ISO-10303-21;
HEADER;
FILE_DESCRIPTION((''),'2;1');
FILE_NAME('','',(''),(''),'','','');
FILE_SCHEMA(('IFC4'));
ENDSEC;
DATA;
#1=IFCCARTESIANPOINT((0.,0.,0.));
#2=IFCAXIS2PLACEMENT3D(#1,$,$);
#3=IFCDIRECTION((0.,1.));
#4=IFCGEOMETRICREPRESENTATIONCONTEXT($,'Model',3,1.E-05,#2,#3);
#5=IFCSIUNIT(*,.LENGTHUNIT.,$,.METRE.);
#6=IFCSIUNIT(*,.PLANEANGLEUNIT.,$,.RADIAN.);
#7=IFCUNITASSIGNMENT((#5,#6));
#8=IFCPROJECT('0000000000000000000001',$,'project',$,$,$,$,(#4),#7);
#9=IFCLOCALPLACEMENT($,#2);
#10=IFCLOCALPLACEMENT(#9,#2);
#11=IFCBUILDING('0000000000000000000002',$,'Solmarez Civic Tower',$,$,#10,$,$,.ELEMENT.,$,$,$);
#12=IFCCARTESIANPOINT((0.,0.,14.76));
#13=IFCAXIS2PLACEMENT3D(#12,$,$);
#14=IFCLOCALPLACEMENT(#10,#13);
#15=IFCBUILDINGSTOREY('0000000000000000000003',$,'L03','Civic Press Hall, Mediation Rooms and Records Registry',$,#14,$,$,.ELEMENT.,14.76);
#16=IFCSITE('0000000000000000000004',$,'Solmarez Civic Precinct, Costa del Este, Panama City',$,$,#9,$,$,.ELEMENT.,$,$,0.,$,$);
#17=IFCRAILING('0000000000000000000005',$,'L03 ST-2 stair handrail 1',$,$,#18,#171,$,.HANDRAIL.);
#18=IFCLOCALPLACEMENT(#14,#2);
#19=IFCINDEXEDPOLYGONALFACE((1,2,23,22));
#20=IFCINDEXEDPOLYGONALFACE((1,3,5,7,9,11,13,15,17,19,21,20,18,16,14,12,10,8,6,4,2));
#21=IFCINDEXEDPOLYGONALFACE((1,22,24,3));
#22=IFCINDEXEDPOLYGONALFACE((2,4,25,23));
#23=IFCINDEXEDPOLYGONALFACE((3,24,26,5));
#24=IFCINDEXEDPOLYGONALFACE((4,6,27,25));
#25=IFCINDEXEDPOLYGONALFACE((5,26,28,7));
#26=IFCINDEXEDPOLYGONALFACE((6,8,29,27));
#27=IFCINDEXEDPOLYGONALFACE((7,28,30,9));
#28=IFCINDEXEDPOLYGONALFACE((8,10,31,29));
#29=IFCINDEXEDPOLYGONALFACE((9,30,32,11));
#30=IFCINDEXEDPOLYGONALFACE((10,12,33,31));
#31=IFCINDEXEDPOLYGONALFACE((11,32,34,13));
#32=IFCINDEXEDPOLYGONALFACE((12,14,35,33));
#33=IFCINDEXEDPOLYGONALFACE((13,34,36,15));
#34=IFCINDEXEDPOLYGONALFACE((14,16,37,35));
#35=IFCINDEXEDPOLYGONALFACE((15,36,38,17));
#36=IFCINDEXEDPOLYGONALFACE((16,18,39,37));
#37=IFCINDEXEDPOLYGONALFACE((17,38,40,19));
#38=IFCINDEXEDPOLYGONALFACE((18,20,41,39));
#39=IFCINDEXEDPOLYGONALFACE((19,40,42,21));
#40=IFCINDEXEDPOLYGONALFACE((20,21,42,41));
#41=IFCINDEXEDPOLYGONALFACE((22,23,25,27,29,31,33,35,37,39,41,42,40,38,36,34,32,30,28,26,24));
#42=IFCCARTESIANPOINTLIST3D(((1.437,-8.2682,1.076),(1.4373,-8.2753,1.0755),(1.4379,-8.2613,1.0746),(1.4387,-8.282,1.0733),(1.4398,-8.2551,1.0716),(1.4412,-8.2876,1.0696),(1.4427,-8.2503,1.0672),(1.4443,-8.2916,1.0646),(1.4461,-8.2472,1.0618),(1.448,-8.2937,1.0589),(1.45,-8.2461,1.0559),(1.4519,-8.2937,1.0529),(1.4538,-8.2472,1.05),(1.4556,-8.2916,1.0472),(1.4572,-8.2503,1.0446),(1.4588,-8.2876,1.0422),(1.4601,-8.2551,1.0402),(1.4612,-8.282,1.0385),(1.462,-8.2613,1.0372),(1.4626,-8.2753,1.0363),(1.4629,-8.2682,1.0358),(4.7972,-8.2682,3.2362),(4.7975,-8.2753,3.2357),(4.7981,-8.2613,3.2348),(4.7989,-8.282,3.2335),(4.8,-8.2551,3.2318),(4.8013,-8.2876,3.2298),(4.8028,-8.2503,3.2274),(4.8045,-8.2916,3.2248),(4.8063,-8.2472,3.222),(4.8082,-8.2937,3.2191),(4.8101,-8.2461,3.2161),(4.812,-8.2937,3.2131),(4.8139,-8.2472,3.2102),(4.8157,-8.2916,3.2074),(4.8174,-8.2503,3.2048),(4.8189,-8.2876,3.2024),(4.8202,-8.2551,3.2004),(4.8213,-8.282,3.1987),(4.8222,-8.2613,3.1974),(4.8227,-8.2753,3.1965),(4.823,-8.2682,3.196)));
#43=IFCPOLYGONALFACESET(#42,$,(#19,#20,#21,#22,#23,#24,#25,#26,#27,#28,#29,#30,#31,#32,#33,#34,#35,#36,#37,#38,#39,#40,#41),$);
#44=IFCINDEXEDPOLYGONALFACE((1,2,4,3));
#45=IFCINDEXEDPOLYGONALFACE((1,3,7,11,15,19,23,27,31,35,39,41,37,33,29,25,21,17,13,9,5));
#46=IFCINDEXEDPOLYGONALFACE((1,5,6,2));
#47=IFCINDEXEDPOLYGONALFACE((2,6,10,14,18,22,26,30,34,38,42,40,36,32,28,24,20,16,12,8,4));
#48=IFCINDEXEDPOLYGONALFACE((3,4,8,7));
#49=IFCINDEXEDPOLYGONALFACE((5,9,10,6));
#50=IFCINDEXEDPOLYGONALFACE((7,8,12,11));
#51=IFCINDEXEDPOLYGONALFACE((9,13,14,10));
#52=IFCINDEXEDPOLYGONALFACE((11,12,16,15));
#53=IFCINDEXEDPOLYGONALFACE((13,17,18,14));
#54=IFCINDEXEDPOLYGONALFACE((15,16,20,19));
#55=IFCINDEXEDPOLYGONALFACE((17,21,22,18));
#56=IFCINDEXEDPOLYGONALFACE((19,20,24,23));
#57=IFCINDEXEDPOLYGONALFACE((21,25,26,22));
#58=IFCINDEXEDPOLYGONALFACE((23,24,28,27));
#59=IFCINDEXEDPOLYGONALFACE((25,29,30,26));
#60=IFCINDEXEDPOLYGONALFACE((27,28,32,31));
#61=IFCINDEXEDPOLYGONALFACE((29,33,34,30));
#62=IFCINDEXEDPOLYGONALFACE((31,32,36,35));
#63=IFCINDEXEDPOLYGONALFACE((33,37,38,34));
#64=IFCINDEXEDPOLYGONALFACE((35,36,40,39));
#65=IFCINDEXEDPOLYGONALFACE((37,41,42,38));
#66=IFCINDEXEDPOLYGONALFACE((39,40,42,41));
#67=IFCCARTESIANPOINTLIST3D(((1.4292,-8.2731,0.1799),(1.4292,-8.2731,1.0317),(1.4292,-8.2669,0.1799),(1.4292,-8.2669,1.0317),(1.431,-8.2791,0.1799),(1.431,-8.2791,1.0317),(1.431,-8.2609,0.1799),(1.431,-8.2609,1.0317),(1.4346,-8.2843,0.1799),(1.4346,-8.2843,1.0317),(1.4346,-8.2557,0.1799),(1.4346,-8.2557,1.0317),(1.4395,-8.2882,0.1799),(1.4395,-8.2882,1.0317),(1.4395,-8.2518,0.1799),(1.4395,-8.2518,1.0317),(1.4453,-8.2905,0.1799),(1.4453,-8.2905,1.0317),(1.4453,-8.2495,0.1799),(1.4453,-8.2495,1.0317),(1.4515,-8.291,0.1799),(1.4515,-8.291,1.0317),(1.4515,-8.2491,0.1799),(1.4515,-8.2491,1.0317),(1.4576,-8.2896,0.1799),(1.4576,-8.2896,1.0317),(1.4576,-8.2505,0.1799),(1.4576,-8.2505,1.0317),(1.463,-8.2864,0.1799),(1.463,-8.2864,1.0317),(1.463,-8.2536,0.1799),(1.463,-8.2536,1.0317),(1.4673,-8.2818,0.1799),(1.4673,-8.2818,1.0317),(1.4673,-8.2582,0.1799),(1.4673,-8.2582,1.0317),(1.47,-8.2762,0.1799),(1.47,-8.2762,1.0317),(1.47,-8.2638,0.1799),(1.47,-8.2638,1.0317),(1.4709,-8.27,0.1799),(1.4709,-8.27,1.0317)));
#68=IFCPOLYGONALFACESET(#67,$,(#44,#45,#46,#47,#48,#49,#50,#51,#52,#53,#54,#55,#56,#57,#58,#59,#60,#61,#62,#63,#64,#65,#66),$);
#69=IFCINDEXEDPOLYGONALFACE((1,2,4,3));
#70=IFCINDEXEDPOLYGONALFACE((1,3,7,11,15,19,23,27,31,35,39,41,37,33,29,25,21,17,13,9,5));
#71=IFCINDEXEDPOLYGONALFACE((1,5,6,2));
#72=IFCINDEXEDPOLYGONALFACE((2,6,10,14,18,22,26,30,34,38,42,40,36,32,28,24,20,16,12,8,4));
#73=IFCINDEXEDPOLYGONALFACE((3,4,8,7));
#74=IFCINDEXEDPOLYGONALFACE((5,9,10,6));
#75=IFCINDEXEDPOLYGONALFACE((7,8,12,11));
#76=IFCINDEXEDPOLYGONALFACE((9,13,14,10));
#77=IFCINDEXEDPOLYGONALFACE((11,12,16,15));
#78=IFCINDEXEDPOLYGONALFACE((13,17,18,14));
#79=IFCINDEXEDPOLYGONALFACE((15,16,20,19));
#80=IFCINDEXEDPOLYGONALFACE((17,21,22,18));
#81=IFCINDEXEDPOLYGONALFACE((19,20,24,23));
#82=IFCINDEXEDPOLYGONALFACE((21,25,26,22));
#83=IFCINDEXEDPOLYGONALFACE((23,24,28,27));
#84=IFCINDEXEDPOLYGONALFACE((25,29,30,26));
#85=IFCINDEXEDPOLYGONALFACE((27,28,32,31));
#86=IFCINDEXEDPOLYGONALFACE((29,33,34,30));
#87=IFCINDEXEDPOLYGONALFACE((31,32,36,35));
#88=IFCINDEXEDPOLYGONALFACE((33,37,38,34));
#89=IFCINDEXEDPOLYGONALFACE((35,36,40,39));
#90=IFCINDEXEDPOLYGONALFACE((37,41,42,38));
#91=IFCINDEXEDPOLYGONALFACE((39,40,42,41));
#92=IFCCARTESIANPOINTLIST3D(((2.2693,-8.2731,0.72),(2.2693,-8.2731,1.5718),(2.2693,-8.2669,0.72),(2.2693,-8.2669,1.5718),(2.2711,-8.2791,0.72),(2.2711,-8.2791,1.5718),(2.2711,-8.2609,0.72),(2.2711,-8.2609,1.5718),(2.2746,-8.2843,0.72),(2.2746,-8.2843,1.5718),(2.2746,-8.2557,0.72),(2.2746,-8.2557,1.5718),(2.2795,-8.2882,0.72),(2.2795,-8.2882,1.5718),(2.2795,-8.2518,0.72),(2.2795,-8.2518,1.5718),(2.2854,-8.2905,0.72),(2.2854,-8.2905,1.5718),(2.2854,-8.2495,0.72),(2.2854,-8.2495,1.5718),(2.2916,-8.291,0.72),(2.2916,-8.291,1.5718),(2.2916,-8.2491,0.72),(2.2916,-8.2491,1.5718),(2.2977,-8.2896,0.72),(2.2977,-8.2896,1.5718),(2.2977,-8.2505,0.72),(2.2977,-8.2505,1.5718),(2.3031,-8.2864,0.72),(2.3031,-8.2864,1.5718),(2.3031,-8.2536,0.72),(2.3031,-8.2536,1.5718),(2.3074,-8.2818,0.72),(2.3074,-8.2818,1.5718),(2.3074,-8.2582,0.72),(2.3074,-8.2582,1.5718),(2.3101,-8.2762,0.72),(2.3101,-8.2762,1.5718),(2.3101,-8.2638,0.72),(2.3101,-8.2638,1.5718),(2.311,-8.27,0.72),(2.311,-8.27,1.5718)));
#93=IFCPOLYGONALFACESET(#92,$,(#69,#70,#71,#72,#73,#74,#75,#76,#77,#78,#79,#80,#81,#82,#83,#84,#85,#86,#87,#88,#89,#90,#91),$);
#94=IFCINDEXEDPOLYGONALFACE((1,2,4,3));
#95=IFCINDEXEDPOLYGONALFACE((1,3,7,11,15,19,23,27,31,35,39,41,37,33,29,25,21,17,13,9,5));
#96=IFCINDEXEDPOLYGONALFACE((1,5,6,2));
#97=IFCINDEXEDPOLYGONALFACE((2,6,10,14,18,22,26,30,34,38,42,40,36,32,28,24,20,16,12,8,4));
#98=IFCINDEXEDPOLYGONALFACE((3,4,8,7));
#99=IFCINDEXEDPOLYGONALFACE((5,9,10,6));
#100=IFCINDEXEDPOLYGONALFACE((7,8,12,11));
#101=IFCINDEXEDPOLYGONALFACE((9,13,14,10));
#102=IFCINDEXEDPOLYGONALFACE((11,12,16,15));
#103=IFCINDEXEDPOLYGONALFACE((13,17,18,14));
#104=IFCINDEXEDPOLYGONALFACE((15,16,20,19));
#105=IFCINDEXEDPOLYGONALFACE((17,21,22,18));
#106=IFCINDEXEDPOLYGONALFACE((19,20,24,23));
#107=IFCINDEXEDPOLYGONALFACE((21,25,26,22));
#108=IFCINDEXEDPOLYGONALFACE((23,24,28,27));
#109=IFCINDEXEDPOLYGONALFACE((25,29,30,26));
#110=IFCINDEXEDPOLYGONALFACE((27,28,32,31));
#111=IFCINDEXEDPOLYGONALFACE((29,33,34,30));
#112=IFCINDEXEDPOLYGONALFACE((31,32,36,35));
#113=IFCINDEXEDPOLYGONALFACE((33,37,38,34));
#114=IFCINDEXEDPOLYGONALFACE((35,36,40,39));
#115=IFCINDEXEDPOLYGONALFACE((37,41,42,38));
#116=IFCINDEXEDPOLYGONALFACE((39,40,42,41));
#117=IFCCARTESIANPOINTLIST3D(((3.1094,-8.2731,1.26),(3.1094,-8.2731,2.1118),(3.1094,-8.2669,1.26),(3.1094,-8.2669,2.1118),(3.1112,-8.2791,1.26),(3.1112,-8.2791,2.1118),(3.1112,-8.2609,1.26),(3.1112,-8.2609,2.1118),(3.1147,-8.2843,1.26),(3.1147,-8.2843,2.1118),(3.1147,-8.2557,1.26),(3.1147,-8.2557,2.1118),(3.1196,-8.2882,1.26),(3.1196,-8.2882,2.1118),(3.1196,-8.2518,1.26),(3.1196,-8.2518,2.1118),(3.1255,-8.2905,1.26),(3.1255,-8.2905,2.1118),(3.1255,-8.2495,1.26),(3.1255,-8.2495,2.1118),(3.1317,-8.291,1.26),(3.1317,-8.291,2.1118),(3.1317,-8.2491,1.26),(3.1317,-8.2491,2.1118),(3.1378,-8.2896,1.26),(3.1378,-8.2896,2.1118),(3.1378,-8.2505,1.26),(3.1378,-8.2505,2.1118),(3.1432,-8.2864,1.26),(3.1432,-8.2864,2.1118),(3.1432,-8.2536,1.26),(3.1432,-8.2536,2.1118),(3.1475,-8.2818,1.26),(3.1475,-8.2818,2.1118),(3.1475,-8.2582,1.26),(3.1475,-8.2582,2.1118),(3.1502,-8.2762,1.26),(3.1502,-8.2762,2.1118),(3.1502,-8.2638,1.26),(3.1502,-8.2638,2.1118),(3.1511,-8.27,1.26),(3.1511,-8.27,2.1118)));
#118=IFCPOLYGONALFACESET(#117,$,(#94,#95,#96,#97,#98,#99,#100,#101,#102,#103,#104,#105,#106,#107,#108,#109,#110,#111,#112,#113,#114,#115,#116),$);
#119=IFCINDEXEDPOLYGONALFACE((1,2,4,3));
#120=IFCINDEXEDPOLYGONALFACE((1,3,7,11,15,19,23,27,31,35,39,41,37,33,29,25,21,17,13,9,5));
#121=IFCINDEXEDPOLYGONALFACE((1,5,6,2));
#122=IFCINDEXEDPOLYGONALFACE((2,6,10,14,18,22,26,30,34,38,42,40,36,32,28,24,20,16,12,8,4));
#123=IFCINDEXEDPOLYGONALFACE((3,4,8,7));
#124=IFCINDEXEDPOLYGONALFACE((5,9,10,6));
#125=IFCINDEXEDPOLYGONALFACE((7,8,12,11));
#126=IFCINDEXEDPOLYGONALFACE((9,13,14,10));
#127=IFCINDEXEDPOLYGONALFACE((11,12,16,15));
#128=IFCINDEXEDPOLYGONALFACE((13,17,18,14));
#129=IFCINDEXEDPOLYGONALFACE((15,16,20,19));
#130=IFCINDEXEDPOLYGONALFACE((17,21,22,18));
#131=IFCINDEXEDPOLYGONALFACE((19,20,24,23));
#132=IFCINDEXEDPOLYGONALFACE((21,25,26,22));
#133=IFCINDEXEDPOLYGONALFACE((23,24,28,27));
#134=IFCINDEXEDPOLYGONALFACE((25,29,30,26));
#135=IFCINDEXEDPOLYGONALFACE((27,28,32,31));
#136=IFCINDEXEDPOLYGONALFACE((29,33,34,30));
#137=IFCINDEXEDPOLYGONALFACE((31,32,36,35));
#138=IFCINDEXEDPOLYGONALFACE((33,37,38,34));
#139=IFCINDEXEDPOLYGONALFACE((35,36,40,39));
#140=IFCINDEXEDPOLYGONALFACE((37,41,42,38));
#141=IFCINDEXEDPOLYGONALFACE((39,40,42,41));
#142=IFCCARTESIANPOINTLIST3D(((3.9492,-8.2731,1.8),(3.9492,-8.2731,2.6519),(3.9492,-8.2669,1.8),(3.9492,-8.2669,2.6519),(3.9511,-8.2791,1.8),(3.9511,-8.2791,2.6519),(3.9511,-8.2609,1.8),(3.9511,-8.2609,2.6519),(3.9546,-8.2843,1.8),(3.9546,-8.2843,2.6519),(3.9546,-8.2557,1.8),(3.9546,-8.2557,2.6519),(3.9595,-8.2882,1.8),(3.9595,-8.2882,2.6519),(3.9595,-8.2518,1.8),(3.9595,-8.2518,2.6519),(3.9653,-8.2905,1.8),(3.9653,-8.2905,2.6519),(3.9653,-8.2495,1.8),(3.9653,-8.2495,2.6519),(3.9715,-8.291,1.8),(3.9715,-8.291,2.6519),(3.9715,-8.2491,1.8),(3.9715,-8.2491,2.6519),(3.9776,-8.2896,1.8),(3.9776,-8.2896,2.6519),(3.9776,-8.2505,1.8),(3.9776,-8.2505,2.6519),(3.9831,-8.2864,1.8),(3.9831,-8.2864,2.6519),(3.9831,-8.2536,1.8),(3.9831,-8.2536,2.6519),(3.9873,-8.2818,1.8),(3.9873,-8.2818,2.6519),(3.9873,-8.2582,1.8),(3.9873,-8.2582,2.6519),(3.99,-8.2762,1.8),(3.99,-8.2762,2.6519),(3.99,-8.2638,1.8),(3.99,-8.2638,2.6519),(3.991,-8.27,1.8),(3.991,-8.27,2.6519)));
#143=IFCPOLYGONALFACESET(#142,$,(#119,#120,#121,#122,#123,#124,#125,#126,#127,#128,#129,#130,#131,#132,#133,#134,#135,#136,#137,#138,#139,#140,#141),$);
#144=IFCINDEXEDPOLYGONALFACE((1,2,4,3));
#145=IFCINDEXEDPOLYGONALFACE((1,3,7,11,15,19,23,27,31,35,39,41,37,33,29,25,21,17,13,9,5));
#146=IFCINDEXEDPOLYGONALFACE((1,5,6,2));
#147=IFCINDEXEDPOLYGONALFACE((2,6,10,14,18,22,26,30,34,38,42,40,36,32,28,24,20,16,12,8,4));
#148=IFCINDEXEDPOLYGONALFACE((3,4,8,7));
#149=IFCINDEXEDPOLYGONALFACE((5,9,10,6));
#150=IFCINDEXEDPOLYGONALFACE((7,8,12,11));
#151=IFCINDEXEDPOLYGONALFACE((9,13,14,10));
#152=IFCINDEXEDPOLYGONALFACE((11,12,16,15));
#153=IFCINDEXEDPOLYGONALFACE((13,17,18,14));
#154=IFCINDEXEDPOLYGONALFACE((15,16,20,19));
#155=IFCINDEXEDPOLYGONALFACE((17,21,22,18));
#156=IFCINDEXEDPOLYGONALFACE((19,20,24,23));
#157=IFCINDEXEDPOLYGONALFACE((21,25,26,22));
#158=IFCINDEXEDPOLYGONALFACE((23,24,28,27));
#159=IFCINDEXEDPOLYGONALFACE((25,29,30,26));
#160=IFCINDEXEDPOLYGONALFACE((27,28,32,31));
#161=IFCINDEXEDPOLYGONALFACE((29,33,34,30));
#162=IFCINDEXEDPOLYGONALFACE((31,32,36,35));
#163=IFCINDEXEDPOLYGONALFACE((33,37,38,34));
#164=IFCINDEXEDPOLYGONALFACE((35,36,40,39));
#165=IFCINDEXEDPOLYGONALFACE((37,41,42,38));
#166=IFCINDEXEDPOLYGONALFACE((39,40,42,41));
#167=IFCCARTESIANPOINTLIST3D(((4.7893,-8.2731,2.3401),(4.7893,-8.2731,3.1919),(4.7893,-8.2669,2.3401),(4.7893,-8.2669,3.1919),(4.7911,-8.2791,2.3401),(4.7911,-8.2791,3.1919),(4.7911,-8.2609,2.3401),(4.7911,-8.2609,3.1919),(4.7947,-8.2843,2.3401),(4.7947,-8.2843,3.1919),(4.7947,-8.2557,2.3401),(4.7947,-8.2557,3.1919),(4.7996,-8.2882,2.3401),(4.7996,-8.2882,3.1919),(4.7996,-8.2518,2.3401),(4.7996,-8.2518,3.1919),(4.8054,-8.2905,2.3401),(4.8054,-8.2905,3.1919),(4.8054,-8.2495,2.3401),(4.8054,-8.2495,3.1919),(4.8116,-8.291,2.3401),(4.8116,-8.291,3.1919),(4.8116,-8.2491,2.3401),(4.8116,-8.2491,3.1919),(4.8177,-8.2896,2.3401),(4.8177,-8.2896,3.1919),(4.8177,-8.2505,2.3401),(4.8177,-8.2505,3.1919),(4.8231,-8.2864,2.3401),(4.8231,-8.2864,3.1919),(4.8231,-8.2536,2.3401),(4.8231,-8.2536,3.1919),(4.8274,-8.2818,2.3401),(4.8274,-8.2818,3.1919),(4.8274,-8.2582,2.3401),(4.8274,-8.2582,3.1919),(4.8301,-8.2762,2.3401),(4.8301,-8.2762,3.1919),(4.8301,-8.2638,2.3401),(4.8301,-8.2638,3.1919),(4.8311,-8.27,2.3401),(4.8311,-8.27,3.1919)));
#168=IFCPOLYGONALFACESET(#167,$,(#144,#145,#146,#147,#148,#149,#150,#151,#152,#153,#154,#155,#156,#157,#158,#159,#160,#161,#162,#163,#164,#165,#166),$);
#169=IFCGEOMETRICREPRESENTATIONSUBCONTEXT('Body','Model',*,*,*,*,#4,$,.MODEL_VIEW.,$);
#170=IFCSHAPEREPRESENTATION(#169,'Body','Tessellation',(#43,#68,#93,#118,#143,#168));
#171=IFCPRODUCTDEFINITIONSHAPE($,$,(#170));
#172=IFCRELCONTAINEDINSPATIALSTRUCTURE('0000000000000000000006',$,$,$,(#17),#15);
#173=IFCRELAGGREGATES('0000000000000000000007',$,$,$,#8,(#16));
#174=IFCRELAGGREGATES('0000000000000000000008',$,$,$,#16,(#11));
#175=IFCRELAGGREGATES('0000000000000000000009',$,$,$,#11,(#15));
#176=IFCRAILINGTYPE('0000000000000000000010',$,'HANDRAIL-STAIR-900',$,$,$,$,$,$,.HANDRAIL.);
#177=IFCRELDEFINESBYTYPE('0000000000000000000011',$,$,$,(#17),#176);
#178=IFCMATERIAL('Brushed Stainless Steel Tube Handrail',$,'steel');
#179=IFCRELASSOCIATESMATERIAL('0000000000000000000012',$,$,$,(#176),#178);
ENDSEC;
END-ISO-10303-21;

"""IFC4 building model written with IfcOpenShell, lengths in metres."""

from ifc_helpers import new_model, si_unit, direction, frame, origin, origin_2d, place, context, subcontext, project, spatial, circle, extrude, material, type_object, element, save


model = new_model("IFC4")

# Units and contexts
model_context = context("Model", 3, precision=1e-05, world=origin(), true_north=direction((0.0, 1.0)))
body_context = subcontext(model_context, "Body", "Model", "MODEL_VIEW")
ifc_project = project(units=[si_unit("LENGTHUNIT", "METRE"), si_unit("PLANEANGLEUNIT", "RADIAN")], contexts=[model_context])

# Site, building, storey
site_placement = place(None, origin())
site = spatial("IfcSite", under=ifc_project, at=site_placement, Name="Solmarez Civic Precinct, Costa del Este, Panama City", CompositionType="ELEMENT", RefElevation=0.0)
building_placement = place(site_placement, origin())
building = spatial("IfcBuilding", under=site, at=building_placement, Name="Solmarez Civic Tower", CompositionType="ELEMENT")
storey_placement = place(building_placement, frame((0.0, 0.0, 14.76)))
storey = spatial("IfcBuildingStorey", under=building, at=storey_placement, Name="L03", Description="Civic Press Hall, Mediation Rooms and Records Registry", CompositionType="ELEMENT", Elevation=14.76)

# Railing
ifc_material_1 = material(Name="Brushed Stainless Steel Tube Handrail", Category="steel")
railing_type_1 = type_object("IfcRailingType", Name="HANDRAIL-STAIR-900", PredefinedType="HANDRAIL", material=ifc_material_1)
railing_1_placement = place(storey_placement, frame((1.45, -8.27, 0.1799)))
element("IfcRailing", 1, at=railing_1_placement, inside=storey, type_object=railing_type_1, Name="L03 ST-2 stair handrail 1", PredefinedType="HANDRAIL", context=body_context, shape_type="SweptSolid", body=[
    extrude(circle(Radius=0.0239, at=origin_2d()), frame((0.0, 0.0, 0.876), z_axis=(0.841169, 0.0, 0.540773), x_axis=(0.0, 1.0, 0.0)), (0.0, 0.0, 1.0), 3.9946),
    extrude(circle(Radius=0.021, at=origin_2d()), origin(), (0.0, 0.0, 1.0), 0.8518),
    extrude(circle(Radius=0.021, at=origin_2d()), frame((0.8401, 0.0, 0.54)), (0.0, 0.0, 1.0), 0.8518),
    extrude(circle(Radius=0.021, at=origin_2d()), frame((1.6802, 0.0, 1.0801)), (0.0, 0.0, 1.0), 0.8518),
    extrude(circle(Radius=0.021, at=origin_2d()), frame((2.52, 0.0, 1.6201)), (0.0, 0.0, 1.0), 0.8518),
    extrude(circle(Radius=0.021, at=origin_2d()), frame((3.3601, 0.0, 2.1602)), (0.0, 0.0, 1.0), 0.8518),
])

save(model, "model.ifc")
